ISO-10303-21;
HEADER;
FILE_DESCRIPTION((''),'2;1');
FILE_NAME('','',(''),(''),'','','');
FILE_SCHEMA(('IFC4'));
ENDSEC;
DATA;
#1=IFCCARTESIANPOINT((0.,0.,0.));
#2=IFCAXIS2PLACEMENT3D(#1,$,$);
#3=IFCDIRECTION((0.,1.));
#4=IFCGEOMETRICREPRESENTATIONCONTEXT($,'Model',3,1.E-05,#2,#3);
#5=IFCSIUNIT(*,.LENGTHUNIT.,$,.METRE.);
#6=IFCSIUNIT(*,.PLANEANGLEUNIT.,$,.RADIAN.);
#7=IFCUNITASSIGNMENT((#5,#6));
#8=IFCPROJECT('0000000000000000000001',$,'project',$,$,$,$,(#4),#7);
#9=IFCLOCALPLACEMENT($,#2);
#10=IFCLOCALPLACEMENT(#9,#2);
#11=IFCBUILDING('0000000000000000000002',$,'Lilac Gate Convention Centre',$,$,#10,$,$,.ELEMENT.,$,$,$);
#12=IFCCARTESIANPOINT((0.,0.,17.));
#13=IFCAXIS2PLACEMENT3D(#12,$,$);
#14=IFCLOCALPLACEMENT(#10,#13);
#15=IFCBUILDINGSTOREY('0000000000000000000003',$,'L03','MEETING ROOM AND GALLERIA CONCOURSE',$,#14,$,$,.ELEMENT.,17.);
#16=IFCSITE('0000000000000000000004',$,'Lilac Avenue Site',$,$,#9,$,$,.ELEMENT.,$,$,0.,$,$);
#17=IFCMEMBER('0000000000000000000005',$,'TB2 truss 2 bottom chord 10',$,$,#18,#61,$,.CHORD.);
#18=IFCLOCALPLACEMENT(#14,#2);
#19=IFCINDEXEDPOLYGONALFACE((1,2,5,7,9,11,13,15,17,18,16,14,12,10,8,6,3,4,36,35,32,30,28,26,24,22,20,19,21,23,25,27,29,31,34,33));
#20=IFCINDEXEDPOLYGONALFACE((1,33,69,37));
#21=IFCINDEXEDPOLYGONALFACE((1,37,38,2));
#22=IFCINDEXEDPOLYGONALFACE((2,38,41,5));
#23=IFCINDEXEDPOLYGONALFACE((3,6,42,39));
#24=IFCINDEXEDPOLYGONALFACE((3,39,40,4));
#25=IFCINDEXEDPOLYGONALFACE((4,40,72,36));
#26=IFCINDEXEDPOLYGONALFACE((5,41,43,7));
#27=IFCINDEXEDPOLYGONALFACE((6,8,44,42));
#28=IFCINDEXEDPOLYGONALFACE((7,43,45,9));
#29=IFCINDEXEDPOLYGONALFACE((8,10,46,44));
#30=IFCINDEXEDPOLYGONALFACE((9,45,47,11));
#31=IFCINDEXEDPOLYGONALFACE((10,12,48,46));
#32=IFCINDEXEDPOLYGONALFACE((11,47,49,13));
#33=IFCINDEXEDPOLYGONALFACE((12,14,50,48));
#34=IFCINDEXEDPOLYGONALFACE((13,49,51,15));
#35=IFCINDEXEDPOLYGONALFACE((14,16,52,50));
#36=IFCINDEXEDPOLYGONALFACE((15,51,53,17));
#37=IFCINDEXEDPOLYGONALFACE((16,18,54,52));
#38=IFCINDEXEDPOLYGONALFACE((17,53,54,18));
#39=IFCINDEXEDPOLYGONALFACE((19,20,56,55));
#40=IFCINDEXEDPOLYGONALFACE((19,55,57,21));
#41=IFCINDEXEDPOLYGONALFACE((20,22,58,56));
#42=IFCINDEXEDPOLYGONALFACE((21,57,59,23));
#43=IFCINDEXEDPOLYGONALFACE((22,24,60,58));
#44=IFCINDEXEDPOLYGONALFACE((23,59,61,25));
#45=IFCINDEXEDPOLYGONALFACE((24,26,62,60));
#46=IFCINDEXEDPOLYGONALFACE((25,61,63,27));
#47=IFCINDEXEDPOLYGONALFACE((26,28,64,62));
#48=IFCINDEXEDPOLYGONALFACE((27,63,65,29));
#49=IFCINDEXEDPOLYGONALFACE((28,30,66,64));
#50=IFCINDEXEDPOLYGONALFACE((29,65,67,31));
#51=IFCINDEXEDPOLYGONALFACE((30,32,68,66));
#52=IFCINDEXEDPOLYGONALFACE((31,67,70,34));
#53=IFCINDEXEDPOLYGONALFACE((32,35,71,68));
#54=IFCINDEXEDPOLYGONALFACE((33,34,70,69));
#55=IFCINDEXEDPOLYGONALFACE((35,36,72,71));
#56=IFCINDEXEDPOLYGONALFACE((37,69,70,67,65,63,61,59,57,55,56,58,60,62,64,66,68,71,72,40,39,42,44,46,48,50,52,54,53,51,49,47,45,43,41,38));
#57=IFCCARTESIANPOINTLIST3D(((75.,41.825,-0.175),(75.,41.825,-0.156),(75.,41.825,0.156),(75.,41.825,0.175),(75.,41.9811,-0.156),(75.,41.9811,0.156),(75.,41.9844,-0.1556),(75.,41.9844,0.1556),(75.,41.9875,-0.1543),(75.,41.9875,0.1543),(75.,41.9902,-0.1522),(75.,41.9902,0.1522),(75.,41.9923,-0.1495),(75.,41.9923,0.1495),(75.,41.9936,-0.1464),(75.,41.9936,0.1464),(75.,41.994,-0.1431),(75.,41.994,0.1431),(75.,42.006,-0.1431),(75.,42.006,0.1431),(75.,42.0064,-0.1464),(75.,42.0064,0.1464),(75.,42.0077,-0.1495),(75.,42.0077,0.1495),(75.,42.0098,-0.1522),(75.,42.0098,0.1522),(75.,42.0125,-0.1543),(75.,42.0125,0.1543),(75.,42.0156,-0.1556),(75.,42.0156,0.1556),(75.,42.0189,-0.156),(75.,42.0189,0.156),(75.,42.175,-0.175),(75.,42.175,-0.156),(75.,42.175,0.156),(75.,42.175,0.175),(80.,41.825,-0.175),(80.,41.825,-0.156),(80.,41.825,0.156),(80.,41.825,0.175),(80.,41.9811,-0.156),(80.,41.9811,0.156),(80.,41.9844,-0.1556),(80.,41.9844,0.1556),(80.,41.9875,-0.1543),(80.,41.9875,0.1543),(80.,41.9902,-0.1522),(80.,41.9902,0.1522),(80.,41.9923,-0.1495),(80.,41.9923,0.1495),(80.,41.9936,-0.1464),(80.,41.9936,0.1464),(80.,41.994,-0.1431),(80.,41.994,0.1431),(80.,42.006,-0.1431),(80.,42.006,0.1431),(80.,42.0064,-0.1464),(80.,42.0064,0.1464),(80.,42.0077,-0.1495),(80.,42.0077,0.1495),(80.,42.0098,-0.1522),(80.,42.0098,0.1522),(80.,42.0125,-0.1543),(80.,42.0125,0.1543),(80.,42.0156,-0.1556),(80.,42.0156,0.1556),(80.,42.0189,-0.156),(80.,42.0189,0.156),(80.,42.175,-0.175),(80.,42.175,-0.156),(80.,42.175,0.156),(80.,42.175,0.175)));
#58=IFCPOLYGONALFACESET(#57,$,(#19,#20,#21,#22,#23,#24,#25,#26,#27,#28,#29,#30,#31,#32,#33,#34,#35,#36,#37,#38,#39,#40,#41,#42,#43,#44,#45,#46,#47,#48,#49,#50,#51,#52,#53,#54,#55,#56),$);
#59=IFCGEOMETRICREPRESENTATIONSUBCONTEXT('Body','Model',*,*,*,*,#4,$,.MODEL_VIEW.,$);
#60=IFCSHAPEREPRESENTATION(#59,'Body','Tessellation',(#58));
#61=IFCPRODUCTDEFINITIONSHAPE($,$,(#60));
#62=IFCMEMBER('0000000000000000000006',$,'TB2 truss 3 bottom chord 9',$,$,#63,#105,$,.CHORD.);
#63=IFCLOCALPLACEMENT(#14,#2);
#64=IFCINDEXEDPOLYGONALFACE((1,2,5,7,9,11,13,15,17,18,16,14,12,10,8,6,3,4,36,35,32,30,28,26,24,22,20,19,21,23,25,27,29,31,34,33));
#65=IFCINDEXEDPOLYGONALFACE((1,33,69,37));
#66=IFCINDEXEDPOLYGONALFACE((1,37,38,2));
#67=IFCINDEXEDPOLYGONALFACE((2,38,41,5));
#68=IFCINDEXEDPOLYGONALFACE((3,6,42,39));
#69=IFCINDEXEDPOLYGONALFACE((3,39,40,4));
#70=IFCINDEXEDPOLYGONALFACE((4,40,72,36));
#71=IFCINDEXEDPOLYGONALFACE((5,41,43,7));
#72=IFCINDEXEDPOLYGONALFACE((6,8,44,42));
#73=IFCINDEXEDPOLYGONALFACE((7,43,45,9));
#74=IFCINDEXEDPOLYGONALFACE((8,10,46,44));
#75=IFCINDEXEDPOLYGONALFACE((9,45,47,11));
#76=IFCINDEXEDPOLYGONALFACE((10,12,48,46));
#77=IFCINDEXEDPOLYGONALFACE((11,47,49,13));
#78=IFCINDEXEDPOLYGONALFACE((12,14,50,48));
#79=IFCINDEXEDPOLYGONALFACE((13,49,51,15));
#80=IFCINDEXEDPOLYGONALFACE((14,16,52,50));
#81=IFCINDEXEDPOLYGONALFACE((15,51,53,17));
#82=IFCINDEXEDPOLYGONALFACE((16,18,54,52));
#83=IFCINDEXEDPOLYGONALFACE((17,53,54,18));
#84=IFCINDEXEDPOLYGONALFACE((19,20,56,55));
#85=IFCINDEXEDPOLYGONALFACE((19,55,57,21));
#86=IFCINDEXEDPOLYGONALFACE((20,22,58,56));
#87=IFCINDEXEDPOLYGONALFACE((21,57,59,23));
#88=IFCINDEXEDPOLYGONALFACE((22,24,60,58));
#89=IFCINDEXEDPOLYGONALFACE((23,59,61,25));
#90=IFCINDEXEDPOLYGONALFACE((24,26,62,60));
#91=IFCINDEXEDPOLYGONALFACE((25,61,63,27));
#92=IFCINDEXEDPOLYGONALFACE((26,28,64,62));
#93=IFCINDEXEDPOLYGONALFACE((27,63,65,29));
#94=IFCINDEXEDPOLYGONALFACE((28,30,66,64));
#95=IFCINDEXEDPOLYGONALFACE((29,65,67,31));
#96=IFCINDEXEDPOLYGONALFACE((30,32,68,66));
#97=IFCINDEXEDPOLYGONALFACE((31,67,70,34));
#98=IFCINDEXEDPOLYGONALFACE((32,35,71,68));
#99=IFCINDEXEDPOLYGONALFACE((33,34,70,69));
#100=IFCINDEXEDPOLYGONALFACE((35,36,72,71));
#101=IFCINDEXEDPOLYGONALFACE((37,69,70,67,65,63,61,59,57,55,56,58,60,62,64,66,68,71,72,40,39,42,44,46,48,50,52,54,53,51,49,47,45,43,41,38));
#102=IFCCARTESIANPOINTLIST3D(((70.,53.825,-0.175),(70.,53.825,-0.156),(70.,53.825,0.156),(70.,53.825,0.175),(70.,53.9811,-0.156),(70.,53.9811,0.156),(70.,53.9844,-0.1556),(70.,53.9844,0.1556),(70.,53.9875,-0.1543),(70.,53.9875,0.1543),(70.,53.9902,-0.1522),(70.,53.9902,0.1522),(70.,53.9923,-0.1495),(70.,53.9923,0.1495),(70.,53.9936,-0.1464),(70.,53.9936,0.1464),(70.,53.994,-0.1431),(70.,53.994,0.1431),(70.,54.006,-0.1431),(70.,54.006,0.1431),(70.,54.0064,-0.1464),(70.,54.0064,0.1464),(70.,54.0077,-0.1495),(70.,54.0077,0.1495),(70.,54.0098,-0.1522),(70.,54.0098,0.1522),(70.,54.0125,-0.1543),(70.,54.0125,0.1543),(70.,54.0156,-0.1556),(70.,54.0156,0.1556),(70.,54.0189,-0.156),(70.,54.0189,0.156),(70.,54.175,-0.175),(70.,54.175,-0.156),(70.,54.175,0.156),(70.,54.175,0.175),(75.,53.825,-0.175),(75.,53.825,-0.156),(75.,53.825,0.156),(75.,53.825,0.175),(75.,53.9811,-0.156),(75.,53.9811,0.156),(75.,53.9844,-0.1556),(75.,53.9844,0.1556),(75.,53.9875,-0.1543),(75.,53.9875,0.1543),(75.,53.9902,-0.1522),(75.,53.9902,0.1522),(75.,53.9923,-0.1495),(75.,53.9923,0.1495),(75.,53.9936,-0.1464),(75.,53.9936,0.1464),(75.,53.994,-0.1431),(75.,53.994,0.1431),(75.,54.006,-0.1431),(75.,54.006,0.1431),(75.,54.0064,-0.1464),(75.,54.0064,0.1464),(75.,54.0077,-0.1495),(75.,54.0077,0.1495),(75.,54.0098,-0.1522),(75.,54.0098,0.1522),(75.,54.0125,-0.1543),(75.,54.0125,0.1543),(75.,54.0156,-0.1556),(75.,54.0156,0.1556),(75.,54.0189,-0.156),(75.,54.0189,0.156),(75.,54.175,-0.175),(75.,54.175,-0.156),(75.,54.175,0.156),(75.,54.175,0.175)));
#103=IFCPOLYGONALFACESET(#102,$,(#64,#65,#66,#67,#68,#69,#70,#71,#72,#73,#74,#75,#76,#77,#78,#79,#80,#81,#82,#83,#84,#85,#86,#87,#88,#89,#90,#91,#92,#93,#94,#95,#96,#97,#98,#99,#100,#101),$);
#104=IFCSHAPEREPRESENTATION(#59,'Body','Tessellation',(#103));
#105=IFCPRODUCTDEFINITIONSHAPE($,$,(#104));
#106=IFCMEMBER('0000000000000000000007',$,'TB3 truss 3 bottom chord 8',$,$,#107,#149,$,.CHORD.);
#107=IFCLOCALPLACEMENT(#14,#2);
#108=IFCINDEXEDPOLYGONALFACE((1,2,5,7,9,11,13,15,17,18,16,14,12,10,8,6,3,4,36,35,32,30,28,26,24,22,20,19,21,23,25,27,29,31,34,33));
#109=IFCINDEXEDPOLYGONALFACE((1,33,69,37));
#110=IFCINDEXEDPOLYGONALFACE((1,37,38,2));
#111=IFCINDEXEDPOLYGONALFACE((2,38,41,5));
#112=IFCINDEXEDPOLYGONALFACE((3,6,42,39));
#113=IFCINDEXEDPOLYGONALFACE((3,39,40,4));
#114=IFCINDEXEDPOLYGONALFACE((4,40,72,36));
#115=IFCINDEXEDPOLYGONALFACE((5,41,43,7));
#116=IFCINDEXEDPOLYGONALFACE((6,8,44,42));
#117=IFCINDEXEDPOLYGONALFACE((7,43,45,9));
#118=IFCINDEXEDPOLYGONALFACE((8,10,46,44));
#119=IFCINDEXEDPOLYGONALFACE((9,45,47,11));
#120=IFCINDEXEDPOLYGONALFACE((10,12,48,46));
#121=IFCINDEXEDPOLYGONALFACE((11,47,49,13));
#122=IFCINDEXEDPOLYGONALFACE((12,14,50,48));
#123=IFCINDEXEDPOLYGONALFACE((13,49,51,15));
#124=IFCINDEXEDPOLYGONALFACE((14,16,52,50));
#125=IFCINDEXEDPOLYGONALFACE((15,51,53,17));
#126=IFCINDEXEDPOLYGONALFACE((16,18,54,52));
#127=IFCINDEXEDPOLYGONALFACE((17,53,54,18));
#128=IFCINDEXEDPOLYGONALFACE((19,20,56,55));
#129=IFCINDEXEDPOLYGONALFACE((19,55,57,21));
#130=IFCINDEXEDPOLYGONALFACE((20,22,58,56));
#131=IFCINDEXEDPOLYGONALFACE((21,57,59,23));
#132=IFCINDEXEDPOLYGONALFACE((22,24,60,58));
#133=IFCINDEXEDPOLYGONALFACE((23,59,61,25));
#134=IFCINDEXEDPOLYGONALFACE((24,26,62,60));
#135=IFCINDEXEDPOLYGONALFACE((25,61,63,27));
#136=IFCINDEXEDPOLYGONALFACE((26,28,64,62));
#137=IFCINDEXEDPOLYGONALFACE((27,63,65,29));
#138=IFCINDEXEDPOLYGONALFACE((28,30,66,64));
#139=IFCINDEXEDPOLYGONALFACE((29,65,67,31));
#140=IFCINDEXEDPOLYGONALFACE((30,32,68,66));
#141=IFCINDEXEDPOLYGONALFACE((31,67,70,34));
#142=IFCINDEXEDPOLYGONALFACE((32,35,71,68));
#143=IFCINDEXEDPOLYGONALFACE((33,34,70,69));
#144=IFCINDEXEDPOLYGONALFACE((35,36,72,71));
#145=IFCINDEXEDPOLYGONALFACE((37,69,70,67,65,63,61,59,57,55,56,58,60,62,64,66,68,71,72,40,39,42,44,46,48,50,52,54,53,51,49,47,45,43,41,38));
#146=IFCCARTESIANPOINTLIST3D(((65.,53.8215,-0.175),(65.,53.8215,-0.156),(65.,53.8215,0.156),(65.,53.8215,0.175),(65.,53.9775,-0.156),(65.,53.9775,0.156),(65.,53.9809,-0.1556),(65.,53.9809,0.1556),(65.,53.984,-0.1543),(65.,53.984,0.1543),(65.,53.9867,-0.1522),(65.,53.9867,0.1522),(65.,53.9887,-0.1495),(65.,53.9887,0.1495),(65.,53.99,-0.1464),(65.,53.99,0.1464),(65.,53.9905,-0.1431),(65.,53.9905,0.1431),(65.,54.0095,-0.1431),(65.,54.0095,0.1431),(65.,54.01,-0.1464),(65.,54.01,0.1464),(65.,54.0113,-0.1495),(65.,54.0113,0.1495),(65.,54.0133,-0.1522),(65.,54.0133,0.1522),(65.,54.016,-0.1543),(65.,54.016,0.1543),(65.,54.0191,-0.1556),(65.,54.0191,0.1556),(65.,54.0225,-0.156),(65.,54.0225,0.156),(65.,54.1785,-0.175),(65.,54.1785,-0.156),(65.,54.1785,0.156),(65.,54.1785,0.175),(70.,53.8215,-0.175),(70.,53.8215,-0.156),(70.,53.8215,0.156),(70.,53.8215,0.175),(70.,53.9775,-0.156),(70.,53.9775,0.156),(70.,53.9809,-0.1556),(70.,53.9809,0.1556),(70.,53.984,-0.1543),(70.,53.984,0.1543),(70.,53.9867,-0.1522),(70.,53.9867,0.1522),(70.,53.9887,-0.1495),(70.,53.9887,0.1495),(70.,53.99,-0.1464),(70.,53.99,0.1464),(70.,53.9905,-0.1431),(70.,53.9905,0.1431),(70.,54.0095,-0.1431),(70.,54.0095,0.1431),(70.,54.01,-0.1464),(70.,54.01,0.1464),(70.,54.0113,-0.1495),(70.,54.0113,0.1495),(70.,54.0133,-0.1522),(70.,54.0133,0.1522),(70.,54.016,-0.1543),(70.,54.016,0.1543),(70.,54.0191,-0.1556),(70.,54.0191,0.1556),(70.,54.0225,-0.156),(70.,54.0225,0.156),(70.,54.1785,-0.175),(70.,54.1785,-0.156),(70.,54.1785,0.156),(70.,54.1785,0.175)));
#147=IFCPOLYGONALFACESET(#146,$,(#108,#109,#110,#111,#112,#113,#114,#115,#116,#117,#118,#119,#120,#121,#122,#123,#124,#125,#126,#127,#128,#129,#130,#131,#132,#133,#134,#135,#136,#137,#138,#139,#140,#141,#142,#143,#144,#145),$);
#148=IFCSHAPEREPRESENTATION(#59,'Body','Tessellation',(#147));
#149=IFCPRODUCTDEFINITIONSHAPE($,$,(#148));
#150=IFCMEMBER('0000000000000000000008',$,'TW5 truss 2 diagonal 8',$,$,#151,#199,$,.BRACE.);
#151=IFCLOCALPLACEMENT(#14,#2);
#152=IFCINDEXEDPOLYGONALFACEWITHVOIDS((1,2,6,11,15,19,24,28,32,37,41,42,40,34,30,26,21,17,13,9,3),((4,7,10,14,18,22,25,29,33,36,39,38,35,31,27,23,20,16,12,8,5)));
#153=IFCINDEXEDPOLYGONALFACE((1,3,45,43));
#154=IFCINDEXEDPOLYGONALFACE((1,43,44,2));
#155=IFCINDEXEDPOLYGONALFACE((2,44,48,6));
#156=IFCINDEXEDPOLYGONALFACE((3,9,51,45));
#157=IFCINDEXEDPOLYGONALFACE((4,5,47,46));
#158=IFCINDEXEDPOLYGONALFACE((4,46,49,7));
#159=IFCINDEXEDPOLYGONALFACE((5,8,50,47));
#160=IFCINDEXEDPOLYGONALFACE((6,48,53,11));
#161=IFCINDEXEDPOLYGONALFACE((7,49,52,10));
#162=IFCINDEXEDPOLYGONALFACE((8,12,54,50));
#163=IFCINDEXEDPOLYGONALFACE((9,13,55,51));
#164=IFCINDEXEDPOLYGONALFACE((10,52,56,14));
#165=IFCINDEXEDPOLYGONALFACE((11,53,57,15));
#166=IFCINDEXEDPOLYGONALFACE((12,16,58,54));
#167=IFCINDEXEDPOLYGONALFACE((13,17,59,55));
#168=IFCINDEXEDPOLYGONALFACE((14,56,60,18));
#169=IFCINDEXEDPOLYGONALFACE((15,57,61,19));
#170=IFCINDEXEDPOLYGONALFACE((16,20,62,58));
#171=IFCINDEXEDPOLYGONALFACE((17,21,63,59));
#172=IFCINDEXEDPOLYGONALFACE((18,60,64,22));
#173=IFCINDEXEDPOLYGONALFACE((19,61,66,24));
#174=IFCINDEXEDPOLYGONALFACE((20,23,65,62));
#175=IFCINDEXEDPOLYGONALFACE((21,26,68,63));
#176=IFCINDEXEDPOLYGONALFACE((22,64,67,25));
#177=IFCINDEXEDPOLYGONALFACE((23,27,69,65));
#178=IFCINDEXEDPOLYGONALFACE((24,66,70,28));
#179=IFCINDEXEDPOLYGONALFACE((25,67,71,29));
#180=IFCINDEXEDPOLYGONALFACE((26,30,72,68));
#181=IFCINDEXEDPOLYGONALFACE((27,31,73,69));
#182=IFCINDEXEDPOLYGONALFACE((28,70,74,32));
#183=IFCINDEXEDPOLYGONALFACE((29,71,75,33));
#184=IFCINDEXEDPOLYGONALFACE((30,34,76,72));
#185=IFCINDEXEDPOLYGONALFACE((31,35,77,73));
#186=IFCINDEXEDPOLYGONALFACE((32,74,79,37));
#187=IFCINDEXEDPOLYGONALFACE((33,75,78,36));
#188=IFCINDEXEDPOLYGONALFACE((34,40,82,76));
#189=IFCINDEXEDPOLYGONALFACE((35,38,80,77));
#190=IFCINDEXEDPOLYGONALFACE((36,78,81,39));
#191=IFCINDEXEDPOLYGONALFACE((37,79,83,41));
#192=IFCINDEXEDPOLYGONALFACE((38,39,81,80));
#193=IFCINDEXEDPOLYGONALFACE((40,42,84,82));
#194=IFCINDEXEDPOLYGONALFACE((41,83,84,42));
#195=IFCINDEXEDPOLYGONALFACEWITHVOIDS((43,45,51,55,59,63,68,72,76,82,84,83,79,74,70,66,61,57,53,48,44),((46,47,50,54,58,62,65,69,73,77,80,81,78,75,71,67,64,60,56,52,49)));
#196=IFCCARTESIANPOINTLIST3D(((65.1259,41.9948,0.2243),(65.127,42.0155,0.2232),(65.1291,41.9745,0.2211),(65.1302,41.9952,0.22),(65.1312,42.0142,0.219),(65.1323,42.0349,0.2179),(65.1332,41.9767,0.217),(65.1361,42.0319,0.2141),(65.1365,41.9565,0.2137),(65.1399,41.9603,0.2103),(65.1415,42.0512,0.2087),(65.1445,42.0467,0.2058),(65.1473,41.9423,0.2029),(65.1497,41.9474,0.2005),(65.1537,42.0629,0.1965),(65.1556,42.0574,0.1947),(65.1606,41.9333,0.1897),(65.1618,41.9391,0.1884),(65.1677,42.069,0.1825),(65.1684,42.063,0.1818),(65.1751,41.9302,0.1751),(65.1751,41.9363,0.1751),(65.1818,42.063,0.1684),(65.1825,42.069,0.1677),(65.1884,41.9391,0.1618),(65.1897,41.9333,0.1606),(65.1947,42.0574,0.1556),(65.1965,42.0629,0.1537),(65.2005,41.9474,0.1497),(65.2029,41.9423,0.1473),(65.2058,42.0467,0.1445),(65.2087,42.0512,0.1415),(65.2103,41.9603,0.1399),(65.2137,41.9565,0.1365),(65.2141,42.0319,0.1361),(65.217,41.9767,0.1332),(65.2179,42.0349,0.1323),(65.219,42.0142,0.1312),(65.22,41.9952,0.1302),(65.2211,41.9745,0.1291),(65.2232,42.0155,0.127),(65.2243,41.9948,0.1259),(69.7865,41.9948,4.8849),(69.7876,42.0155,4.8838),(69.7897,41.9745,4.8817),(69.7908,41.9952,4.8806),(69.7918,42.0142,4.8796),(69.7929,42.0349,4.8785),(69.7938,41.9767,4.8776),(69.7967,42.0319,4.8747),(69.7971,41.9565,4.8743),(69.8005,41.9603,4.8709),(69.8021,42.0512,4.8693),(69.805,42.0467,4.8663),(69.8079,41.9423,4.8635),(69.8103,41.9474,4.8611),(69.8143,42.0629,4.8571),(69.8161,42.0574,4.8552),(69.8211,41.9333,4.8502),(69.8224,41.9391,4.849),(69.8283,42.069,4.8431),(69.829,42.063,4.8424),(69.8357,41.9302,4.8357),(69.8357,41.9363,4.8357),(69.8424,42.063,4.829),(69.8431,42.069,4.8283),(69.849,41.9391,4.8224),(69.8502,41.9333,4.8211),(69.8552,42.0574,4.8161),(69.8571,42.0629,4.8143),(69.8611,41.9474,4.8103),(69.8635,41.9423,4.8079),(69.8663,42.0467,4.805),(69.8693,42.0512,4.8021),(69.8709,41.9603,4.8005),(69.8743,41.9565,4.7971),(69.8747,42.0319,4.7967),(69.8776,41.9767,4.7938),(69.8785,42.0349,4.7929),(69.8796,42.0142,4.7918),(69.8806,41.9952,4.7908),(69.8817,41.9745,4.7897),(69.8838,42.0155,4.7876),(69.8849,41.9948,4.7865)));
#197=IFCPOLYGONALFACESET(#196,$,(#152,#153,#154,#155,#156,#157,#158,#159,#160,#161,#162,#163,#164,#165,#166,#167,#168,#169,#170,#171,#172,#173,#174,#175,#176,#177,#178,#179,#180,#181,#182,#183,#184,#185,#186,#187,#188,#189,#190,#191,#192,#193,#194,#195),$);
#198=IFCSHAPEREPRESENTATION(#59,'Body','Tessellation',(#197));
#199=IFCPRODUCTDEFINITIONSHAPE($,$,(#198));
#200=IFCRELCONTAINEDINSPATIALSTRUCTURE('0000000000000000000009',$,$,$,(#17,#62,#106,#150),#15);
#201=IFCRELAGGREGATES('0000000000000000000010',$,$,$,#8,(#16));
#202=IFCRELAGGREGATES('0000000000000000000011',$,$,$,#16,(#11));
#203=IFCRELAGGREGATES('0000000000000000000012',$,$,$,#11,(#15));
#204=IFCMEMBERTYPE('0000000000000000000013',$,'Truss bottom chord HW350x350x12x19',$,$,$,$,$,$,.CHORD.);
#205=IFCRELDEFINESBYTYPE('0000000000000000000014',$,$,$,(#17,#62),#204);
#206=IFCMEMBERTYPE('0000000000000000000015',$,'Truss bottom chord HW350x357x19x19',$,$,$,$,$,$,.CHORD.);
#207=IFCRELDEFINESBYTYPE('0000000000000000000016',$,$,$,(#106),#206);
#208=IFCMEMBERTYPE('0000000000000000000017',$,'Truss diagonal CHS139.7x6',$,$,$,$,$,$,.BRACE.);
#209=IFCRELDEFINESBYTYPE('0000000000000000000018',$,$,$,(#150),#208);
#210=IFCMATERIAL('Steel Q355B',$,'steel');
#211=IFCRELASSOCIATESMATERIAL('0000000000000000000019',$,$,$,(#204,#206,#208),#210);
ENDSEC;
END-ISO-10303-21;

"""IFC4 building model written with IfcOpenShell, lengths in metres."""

from ifc_helpers import new_model, si_unit, direction, frame, origin, origin_2d, place, context, subcontext, project, spatial, hollow_circle, i_section, extrude, material, material_profile, profile_set, type_object, element, save


model = new_model("IFC4")

# Units and contexts
model_context = context("Model", 3, precision=1e-05, world=origin(), true_north=direction((0.0, 1.0)))
body_context = subcontext(model_context, "Body", "Model", "MODEL_VIEW")
ifc_project = project(units=[si_unit("LENGTHUNIT", "METRE"), si_unit("PLANEANGLEUNIT", "RADIAN")], contexts=[model_context])

# Site, building, storey
site_placement = place(None, origin())
site = spatial("IfcSite", under=ifc_project, at=site_placement, Name="Lilac Avenue Site", CompositionType="ELEMENT", RefElevation=0.0)
building_placement = place(site_placement, origin())
building = spatial("IfcBuilding", under=site, at=building_placement, Name="Lilac Gate Convention Centre", CompositionType="ELEMENT")
storey_placement = place(building_placement, frame((0.0, 0.0, 17.0)))
storey = spatial("IfcBuildingStorey", under=building, at=storey_placement, Name="L03", Description="MEETING ROOM AND GALLERIA CONCOURSE", CompositionType="ELEMENT", Elevation=17.0)

# Members
ifc_material = material(Name="Steel Q355B", Category="steel")
ifc_material_profile_1 = material_profile(ifc_material, i_section(OverallWidth=0.3501, OverallDepth=0.3501, WebThickness=0.012, FlangeThickness=0.019, FilletRadius=0.0129, at=origin_2d()), Name="HW350x350x12x19")
ifc_profile_set_1 = profile_set([ifc_material_profile_1], Name="Steel Q355B")
member_type_1 = type_object("IfcMemberType", Name="Truss bottom chord HW350x350x12x19", PredefinedType="CHORD", material=ifc_profile_set_1)
for number, where, z_axis, x_axis, name in (
    (1, (75.0, 42.0, 0.0), (1.0, 0.0, 0.0), (0.0, 1.0, 0.0), "TB2 truss 2 bottom chord 10"),
    (2, (70.0, 54.0, 0.0), (1.0, 0.0, 0.0), (0.0, 1.0, 0.0), "TB2 truss 3 bottom chord 9"),
):
    element("IfcMember", number, at=place(storey_placement, frame(where, z_axis=z_axis, x_axis=x_axis)), inside=storey, type_object=member_type_1, Name=name, PredefinedType="CHORD", context=body_context, shape_type="SweptSolid", body=[
        extrude(i_section(OverallWidth=0.3501, OverallDepth=0.3501, WebThickness=0.012, FlangeThickness=0.019, FilletRadius=0.0129, at=origin_2d()), origin(), (0.0, 0.0, 1.0), 5.0),
    ])
ifc_material_profile_2 = material_profile(ifc_material, i_section(OverallWidth=0.3569, OverallDepth=0.3501, WebThickness=0.019, FlangeThickness=0.019, FilletRadius=0.0129, at=origin_2d()), Name="HW350x357x19x19")
ifc_profile_set_2 = profile_set([ifc_material_profile_2], Name="Steel Q355B")
member_type_2 = type_object("IfcMemberType", Name="Truss bottom chord HW350x357x19x19", PredefinedType="CHORD", material=ifc_profile_set_2)
member_1_placement = place(storey_placement, frame((65.0, 54.0, 0.0), z_axis=(1.0, 0.0, 0.0), x_axis=(0.0, 1.0, 0.0)))
element("IfcMember", 3, at=member_1_placement, inside=storey, type_object=member_type_2, Name="TB3 truss 3 bottom chord 8", PredefinedType="CHORD", context=body_context, shape_type="SweptSolid", body=[
    extrude(i_section(OverallWidth=0.3569, OverallDepth=0.3501, WebThickness=0.019, FlangeThickness=0.019, FilletRadius=0.0129, at=origin_2d()), origin(), (0.0, 0.0, 1.0), 5.0),
])
ifc_material_profile_3 = material_profile(ifc_material, hollow_circle(Radius=0.0698, WallThickness=0.0061, at=origin_2d()), Name="CHS139.7x6")
ifc_profile_set_3 = profile_set([ifc_material_profile_3], Name="Steel Q355B")
member_type_3 = type_object("IfcMemberType", Name="Truss diagonal CHS139.7x6", PredefinedType="BRACE", material=ifc_profile_set_3)
for number, where, z_axis, x_axis, name in (
    (4, (69.8357, 42.0, 4.8357), (-0.707107, 0.0, -0.707107), (0.0, -1.0, 0.0), "TW5 truss 2 diagonal 8"),
):
    element("IfcMember", number, at=place(storey_placement, frame(where, z_axis=z_axis, x_axis=x_axis)), inside=storey, type_object=member_type_3, Name=name, PredefinedType="BRACE", context=body_context, shape_type="SweptSolid", body=[
        extrude(hollow_circle(Radius=0.0698, WallThickness=0.0061, at=origin_2d()), origin(), (0.0, 0.0, 1.0), 6.5911),
    ])

save(model, "model.ifc")
